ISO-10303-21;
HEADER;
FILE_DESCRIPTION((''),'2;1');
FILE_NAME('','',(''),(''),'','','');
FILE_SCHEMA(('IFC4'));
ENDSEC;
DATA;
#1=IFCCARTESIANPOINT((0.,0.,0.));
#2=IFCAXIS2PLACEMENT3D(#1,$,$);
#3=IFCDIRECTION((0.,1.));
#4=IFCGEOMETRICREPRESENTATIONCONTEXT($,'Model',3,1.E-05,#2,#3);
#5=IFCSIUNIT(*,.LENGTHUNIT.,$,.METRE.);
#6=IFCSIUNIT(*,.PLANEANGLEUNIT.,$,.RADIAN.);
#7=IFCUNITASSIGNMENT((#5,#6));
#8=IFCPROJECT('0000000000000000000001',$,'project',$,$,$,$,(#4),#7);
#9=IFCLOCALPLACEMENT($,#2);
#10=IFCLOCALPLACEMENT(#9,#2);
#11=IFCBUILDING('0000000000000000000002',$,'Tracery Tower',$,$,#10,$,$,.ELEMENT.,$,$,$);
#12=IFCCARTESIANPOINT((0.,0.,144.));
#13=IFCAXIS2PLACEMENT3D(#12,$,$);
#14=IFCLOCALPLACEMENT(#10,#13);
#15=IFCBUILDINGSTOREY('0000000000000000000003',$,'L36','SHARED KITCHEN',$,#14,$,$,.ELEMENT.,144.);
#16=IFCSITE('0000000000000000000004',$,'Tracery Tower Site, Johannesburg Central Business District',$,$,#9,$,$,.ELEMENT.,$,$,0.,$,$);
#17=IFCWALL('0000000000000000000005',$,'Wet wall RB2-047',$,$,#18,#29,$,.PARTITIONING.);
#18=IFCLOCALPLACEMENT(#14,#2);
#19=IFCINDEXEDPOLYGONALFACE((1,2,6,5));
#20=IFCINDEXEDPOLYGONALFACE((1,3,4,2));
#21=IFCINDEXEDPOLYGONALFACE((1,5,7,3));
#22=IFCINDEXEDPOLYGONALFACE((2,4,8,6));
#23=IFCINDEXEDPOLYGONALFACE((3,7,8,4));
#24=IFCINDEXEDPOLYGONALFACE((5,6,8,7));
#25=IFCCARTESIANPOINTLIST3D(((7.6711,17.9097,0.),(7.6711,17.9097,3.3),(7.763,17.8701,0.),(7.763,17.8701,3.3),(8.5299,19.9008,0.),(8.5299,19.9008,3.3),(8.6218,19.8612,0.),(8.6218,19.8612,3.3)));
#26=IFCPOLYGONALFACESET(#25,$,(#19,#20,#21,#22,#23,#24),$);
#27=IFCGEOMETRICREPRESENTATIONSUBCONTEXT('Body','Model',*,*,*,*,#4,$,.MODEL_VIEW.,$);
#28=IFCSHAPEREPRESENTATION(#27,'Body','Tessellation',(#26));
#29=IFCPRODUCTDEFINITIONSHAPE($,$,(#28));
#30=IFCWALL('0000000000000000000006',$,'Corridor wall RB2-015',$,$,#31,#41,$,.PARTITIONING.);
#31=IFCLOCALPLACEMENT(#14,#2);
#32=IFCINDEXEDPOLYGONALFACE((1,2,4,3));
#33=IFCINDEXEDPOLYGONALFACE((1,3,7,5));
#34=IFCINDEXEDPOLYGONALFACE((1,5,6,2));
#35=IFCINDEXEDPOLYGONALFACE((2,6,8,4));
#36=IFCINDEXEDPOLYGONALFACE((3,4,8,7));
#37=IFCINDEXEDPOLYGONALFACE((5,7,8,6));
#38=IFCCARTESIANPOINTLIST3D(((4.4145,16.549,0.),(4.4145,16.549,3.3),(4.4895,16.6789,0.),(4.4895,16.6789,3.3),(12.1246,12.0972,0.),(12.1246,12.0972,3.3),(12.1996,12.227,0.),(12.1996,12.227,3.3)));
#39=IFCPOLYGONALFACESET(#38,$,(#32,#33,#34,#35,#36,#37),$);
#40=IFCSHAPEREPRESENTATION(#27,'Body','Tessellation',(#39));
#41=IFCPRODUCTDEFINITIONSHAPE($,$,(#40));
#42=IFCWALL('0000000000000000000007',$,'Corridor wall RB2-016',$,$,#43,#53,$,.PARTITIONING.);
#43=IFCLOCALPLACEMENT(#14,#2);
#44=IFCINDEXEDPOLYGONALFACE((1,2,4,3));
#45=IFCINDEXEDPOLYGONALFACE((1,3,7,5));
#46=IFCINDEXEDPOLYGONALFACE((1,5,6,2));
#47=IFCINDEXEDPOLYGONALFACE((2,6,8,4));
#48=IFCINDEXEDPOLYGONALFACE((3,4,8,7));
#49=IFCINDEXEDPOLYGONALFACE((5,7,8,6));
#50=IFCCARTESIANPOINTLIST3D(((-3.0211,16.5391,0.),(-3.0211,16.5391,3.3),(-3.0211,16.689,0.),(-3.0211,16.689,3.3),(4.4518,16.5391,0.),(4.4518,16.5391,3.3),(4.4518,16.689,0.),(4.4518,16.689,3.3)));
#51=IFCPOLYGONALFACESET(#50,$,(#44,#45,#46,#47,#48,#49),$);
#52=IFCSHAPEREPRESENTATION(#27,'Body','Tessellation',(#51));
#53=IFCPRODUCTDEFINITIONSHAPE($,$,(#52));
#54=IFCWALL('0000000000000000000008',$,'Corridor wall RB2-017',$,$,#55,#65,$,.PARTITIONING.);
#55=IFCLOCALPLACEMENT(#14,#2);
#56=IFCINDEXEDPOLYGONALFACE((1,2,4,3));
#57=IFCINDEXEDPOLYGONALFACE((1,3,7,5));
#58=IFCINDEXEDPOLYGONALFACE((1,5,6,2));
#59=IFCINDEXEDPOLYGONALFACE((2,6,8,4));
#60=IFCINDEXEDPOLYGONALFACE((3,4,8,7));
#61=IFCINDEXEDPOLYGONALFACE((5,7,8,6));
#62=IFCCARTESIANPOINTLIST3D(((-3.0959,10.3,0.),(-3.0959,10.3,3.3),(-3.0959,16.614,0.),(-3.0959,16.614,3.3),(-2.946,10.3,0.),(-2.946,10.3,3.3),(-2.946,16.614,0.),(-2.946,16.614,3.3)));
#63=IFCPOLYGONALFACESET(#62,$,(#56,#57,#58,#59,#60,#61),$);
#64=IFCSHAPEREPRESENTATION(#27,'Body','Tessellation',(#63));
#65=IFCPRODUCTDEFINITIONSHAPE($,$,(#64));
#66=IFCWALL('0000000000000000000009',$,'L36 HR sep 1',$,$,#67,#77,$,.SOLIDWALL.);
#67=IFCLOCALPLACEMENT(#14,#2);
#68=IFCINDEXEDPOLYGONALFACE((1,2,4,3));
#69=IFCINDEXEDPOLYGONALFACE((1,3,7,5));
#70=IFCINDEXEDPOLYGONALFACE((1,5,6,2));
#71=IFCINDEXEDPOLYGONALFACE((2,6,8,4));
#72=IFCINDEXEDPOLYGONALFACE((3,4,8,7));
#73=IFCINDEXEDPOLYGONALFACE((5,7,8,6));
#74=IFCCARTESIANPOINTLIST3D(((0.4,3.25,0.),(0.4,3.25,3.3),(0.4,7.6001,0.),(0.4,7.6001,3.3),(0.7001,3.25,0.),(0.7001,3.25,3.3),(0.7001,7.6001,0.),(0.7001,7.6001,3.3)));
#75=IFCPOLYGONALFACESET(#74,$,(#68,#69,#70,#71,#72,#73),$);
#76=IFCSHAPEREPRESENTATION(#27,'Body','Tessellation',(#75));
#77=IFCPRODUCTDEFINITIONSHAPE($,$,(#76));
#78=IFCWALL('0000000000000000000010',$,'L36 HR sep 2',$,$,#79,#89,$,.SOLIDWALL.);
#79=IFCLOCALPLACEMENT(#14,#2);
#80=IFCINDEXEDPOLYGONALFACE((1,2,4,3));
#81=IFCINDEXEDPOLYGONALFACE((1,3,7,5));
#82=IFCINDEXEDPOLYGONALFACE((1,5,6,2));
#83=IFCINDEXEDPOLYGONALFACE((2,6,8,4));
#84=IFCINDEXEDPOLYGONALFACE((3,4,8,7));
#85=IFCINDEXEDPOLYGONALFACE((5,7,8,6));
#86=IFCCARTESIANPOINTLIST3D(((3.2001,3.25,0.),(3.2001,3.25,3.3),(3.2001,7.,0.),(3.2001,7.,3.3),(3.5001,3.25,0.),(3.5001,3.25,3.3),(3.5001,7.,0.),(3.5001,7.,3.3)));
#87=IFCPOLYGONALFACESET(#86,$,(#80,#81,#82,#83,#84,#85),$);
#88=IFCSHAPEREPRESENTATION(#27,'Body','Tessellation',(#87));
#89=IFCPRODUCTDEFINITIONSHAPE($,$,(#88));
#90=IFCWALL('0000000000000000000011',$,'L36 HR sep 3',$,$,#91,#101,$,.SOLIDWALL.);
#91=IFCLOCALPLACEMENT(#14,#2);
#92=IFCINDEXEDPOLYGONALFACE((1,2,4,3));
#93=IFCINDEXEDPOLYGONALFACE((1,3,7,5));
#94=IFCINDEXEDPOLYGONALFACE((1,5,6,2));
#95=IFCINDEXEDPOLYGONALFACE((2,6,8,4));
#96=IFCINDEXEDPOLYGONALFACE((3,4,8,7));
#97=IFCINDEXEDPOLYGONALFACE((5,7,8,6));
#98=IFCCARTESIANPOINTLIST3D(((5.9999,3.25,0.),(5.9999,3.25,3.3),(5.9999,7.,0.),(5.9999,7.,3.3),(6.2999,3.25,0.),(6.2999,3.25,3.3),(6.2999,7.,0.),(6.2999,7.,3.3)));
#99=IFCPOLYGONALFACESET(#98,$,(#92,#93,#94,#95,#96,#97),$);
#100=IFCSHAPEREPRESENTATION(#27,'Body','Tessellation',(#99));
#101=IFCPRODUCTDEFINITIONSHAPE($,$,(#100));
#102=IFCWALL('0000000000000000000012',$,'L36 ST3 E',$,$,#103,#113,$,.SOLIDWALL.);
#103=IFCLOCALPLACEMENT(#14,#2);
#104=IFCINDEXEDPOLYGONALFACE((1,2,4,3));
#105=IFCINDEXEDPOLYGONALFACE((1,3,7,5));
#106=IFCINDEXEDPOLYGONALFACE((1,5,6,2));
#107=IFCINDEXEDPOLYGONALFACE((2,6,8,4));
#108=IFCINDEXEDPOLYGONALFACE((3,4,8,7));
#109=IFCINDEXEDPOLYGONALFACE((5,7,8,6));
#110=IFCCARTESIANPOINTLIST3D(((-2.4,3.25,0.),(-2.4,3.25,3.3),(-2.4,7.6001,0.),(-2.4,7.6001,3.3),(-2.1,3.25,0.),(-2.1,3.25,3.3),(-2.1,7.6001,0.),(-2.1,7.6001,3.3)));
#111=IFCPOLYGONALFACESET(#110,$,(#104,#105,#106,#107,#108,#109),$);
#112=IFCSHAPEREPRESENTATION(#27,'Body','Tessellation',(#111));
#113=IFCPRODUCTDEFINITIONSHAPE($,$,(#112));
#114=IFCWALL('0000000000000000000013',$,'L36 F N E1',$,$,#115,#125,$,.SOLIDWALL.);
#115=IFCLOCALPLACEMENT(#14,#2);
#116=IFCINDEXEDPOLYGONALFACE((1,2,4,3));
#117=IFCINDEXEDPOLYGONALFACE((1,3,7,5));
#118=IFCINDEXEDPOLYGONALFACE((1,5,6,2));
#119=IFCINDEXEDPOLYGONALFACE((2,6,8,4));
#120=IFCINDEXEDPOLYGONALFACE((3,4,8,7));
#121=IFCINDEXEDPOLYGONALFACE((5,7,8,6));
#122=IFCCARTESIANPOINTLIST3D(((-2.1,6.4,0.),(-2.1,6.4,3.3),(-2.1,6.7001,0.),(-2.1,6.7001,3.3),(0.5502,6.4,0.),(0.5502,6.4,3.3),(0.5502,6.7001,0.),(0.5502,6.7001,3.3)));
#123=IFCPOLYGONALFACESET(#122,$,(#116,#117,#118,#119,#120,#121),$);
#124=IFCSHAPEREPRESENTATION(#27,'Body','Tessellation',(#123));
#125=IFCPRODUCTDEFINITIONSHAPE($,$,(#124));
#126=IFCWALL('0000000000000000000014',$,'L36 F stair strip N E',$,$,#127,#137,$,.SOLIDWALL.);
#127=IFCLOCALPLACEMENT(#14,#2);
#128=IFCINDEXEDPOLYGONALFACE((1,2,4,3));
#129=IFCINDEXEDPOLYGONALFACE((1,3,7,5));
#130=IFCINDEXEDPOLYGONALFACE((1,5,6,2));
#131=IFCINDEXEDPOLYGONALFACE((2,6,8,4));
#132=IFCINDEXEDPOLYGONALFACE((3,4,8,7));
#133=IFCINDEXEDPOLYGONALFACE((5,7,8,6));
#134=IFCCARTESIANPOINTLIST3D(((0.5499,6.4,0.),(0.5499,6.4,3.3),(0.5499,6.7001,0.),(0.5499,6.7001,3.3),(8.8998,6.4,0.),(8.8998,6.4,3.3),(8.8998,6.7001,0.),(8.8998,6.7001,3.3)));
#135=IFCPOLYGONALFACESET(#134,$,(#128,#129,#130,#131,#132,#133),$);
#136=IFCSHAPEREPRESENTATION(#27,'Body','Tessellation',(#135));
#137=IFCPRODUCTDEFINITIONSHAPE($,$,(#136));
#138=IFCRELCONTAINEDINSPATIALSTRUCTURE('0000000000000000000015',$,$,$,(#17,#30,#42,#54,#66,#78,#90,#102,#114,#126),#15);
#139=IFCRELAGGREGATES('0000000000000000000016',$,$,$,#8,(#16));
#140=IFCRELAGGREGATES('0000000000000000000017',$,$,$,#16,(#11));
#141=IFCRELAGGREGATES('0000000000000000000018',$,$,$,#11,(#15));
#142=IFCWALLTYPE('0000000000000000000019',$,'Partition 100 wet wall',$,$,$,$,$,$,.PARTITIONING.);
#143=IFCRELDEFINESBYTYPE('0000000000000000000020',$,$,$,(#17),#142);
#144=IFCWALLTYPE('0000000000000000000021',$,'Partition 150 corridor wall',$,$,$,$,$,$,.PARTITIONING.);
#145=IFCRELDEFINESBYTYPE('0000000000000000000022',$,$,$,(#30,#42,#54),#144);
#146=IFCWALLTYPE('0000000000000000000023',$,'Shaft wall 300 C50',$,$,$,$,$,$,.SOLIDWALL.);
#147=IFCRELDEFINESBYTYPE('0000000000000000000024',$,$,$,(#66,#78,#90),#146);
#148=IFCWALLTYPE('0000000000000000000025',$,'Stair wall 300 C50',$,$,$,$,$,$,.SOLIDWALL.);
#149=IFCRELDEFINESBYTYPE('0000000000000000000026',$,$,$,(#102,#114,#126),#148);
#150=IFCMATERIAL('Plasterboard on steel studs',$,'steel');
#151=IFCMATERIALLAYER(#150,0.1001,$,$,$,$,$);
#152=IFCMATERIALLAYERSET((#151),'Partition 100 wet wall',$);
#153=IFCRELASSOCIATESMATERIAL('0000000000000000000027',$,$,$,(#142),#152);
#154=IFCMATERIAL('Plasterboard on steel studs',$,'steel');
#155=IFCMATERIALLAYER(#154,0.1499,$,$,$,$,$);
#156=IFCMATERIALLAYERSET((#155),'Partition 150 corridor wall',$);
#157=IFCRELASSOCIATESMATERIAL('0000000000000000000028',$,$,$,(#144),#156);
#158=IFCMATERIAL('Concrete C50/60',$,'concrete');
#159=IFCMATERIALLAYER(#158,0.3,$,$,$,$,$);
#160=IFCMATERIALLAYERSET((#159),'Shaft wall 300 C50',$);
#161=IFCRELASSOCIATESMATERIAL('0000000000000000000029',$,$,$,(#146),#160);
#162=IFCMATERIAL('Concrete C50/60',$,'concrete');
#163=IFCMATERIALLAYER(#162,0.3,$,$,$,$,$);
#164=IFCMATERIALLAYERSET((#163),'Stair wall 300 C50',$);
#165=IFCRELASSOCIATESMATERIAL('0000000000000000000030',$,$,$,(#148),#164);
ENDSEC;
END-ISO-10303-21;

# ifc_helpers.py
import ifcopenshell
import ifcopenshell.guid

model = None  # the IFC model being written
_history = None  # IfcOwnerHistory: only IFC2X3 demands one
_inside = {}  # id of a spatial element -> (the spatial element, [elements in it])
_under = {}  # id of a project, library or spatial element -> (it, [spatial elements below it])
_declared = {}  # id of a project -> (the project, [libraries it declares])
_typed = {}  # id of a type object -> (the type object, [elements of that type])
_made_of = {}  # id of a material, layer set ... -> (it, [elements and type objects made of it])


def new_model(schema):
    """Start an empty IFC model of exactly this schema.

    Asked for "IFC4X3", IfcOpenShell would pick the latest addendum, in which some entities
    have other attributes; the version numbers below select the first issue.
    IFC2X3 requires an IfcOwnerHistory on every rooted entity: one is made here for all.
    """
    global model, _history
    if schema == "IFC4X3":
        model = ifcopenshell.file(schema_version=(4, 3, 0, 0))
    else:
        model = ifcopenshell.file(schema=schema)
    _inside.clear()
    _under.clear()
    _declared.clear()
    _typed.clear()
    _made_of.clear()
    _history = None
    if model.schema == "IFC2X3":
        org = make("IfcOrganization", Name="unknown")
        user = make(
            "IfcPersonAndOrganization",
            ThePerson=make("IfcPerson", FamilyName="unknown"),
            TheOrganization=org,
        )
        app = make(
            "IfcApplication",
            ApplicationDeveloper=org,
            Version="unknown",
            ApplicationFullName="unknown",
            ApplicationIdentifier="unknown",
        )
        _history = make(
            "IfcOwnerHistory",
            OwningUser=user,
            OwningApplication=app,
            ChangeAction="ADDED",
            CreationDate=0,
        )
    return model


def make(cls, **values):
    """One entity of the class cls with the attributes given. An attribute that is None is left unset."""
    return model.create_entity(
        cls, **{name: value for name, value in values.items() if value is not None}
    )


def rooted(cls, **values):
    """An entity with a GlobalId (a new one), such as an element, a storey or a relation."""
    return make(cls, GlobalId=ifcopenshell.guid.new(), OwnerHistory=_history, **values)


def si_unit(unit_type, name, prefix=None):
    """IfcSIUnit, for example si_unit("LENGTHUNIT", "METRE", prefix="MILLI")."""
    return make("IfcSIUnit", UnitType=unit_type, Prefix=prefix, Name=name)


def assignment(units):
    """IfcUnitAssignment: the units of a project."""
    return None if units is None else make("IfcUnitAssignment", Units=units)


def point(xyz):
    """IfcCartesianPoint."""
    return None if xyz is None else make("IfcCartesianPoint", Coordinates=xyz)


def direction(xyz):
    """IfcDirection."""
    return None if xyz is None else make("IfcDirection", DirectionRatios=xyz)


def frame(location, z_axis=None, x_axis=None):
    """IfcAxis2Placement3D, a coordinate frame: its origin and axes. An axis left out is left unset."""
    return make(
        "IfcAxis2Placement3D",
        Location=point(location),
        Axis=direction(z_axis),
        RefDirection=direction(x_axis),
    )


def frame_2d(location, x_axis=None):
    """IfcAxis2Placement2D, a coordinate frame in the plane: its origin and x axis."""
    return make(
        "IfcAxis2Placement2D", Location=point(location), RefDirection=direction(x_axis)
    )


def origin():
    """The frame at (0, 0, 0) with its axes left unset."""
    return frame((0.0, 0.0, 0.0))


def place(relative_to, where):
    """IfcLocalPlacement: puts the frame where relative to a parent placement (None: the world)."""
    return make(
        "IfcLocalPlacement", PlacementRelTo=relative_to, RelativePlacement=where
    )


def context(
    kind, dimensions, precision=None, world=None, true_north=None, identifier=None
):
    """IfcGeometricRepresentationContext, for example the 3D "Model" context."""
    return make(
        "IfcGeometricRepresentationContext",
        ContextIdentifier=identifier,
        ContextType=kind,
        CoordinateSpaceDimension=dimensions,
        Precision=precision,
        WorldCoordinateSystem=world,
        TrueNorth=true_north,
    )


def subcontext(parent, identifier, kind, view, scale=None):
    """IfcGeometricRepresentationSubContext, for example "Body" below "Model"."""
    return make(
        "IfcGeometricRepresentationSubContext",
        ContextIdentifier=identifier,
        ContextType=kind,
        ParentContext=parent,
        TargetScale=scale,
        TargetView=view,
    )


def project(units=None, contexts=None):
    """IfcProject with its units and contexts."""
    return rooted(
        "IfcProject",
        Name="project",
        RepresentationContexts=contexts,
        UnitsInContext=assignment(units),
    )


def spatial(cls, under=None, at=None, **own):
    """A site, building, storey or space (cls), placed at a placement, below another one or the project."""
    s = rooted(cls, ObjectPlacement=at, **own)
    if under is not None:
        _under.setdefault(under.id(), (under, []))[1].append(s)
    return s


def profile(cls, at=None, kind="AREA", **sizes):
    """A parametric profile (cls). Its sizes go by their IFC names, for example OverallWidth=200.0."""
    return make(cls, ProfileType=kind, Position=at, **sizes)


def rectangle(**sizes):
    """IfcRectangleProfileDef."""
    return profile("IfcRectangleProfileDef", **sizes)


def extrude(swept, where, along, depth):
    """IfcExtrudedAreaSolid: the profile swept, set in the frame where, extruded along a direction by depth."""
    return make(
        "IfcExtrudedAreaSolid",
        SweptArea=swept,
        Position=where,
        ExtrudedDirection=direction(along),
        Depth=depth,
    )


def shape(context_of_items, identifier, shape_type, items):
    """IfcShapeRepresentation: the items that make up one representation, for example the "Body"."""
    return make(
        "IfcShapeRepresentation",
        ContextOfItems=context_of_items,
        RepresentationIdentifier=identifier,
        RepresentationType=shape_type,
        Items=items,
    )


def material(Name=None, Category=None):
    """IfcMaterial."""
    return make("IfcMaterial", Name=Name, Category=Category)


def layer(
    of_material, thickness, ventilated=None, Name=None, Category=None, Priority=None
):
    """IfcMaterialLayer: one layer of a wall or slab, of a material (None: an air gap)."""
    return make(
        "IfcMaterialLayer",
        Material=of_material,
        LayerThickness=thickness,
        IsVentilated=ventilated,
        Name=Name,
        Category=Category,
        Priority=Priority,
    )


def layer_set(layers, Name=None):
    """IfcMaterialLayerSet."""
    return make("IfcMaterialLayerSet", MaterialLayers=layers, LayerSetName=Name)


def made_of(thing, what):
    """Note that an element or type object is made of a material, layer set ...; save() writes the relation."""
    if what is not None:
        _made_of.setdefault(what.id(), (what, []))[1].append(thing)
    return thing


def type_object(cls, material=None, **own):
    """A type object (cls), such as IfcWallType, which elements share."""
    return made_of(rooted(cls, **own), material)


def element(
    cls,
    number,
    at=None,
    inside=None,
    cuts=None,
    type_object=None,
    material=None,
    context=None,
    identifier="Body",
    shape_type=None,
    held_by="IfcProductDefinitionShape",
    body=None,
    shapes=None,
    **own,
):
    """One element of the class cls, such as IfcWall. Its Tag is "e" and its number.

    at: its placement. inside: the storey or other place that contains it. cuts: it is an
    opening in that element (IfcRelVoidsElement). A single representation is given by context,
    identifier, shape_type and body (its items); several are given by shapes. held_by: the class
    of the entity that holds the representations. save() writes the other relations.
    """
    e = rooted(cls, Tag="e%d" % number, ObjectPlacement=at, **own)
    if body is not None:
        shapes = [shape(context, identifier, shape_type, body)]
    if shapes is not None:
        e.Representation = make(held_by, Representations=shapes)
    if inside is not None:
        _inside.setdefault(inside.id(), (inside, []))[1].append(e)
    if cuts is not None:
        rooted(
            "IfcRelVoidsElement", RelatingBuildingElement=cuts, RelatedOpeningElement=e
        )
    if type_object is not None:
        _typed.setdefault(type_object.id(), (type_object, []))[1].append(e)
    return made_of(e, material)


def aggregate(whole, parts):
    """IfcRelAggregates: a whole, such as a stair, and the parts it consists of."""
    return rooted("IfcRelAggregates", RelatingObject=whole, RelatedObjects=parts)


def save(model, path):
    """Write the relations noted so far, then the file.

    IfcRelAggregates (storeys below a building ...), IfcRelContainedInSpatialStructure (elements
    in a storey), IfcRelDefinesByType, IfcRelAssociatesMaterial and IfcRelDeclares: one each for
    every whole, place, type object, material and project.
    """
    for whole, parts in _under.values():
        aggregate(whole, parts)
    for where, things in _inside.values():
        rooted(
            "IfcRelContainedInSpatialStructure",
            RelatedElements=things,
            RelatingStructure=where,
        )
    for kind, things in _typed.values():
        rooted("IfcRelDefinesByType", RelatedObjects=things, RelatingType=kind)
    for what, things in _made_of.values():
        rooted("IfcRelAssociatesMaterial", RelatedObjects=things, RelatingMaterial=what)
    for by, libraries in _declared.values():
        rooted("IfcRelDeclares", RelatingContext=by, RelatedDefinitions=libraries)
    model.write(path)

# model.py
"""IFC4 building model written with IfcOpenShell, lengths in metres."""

from ifc_helpers import new_model, si_unit, direction, frame, frame_2d, origin, place, context, subcontext, project, spatial, rectangle, extrude, material, layer, layer_set, type_object, element, save


model = new_model("IFC4")

# Units and contexts
model_context = context("Model", 3, precision=1e-05, world=origin(), true_north=direction((0.0, 1.0)))
body_context = subcontext(model_context, "Body", "Model", "MODEL_VIEW")
ifc_project = project(units=[si_unit("LENGTHUNIT", "METRE"), si_unit("PLANEANGLEUNIT", "RADIAN")], contexts=[model_context])

# Site, building, storey
site_placement = place(None, origin())
site = spatial("IfcSite", under=ifc_project, at=site_placement, Name="Tracery Tower Site, Johannesburg Central Business District", CompositionType="ELEMENT", RefElevation=0.0)
building_placement = place(site_placement, origin())
building = spatial("IfcBuilding", under=site, at=building_placement, Name="Tracery Tower", CompositionType="ELEMENT")
storey_placement = place(building_placement, frame((0.0, 0.0, 144.0)))
storey = spatial("IfcBuildingStorey", under=building, at=storey_placement, Name="L36", Description="SHARED KITCHEN", CompositionType="ELEMENT", Elevation=144.0)

# Walls
ifc_material_1 = material(Name="Plasterboard on steel studs", Category="steel")
ifc_layer_1 = layer(ifc_material_1, 0.1001)
ifc_layer_set_1 = layer_set([ifc_layer_1], Name="Partition 100 wet wall")
wall_type_1 = type_object("IfcWallType", Name="Partition 100 wet wall", PredefinedType="PARTITIONING", material=ifc_layer_set_1)
wall_1_placement = place(storey_placement, frame((7.717, 17.8899, 0.0), z_axis=(0.0, 0.0, 1.0), x_axis=(0.396065, 0.918222, 0.0)))
element("IfcWall", 1, at=wall_1_placement, inside=storey, type_object=wall_type_1, Name="Wet wall RB2-047", PredefinedType="PARTITIONING", context=body_context, shape_type="SweptSolid", body=[
    extrude(rectangle(XDim=2.1685, YDim=0.1001, at=frame_2d((1.0842, 0.0))), origin(), (0.0, 0.0, 1.0), 3.3),
])
ifc_material_2 = material(Name="Plasterboard on steel studs", Category="steel")
ifc_layer_2 = layer(ifc_material_2, 0.1499)
ifc_layer_set_2 = layer_set([ifc_layer_2], Name="Partition 150 corridor wall")
wall_type_2 = type_object("IfcWallType", Name="Partition 150 corridor wall", PredefinedType="PARTITIONING", material=ifc_layer_set_2)
wall_2_placement = place(storey_placement, frame((4.4519, 16.614, 0.0), z_axis=(0.0, 0.0, 1.0), x_axis=(0.866005, -0.500035, 0.0)))
element("IfcWall", 2, at=wall_2_placement, inside=storey, type_object=wall_type_2, Name="Corridor wall RB2-015", PredefinedType="PARTITIONING", context=body_context, shape_type="SweptSolid", body=[
    extrude(rectangle(XDim=8.9031, YDim=0.1499, at=frame_2d((4.4517, 0.0))), origin(), (0.0, 0.0, 1.0), 3.3),
])
wall_3_placement = place(storey_placement, frame((-3.021, 16.614, 0.0), z_axis=(0.0, 0.0, 1.0), x_axis=(1.0, 0.0, 0.0)))
element("IfcWall", 3, at=wall_3_placement, inside=storey, type_object=wall_type_2, Name="Corridor wall RB2-016", PredefinedType="PARTITIONING", context=body_context, shape_type="SweptSolid", body=[
    extrude(rectangle(XDim=7.4729, YDim=0.1499, at=frame_2d((3.7363, 0.0))), origin(), (0.0, 0.0, 1.0), 3.3),
])
wall_4_placement = place(storey_placement, frame((-3.021, 10.3, 0.0), z_axis=(0.0, 0.0, 1.0), x_axis=(0.0, 1.0, 0.0)))
element("IfcWall", 4, at=wall_4_placement, inside=storey, type_object=wall_type_2, Name="Corridor wall RB2-017", PredefinedType="PARTITIONING", context=body_context, shape_type="SweptSolid", body=[
    extrude(rectangle(XDim=6.314, YDim=0.1499, at=frame_2d((3.157, 0.0))), origin(), (0.0, 0.0, 1.0), 3.3),
])
ifc_material_3 = material(Name="Concrete C50/60", Category="concrete")
ifc_layer_3 = layer(ifc_material_3, 0.3)
ifc_layer_set_3 = layer_set([ifc_layer_3], Name="Shaft wall 300 C50")
wall_type_3 = type_object("IfcWallType", Name="Shaft wall 300 C50", PredefinedType="SOLIDWALL", material=ifc_layer_set_3)
wall_5_placement = place(storey_placement, frame((0.55, 3.25, 0.0), z_axis=(0.0, 0.0, 1.0), x_axis=(0.0, 1.0, 0.0)))
element("IfcWall", 5, at=wall_5_placement, inside=storey, type_object=wall_type_3, Name="L36 HR sep 1", PredefinedType="SOLIDWALL", context=body_context, shape_type="SweptSolid", body=[
    extrude(rectangle(XDim=4.3501, YDim=0.3, at=frame_2d((2.175, 0.0))), origin(), (0.0, 0.0, 1.0), 3.3),
])
for number, where, z_axis, x_axis, name in (
    (6, (3.3501, 3.25, 0.0), (0.0, 0.0, 1.0), (0.0, 1.0, 0.0), "L36 HR sep 2"),
    (7, (6.1499, 3.25, 0.0), (0.0, 0.0, 1.0), (0.0, 1.0, 0.0), "L36 HR sep 3"),
):
    element("IfcWall", number, at=place(storey_placement, frame(where, z_axis=z_axis, x_axis=x_axis)), inside=storey, type_object=wall_type_3, Name=name, PredefinedType="SOLIDWALL", context=body_context, shape_type="SweptSolid", body=[
        extrude(rectangle(XDim=3.75, YDim=0.3, at=frame_2d((1.875, 0.0))), origin(), (0.0, 0.0, 1.0), 3.3),
    ])

# Walls
ifc_material_4 = material(Name="Concrete C50/60", Category="concrete")
ifc_layer_4 = layer(ifc_material_4, 0.3)
ifc_layer_set_4 = layer_set([ifc_layer_4], Name="Stair wall 300 C50")
wall_type_4 = type_object("IfcWallType", Name="Stair wall 300 C50", PredefinedType="SOLIDWALL", material=ifc_layer_set_4)
wall_6_placement = place(storey_placement, frame((-2.25, 3.25, 0.0), z_axis=(0.0, 0.0, 1.0), x_axis=(0.0, 1.0, 0.0)))
element("IfcWall", 8, at=wall_6_placement, inside=storey, type_object=wall_type_4, Name="L36 ST3 E", PredefinedType="SOLIDWALL", context=body_context, shape_type="SweptSolid", body=[
    extrude(rectangle(XDim=4.3501, YDim=0.3, at=frame_2d((2.175, 0.0))), origin(), (0.0, 0.0, 1.0), 3.3),
])
wall_7_placement = place(storey_placement, frame((-2.1001, 6.55, 0.0), z_axis=(0.0, 0.0, 1.0), x_axis=(1.0, 0.0, 0.0)))
element("IfcWall", 9, at=wall_7_placement, inside=storey, type_object=wall_type_4, Name="L36 F N E1", PredefinedType="SOLIDWALL", context=body_context, shape_type="SweptSolid", body=[
    extrude(rectangle(XDim=2.6501, YDim=0.3, at=frame_2d((1.3252, 0.0))), origin(), (0.0, 0.0, 1.0), 3.3),
])
wall_8_placement = place(storey_placement, frame((0.55, 6.55, 0.0), z_axis=(0.0, 0.0, 1.0), x_axis=(1.0, 0.0, 0.0)))
element("IfcWall", 10, at=wall_8_placement, inside=storey, type_object=wall_type_4, Name="L36 F stair strip N E", PredefinedType="SOLIDWALL", context=body_context, shape_type="SweptSolid", body=[
    extrude(rectangle(XDim=8.3499, YDim=0.3, at=frame_2d((4.1748, 0.0))), origin(), (0.0, 0.0, 1.0), 3.3),
])

save(model, "model.ifc")
